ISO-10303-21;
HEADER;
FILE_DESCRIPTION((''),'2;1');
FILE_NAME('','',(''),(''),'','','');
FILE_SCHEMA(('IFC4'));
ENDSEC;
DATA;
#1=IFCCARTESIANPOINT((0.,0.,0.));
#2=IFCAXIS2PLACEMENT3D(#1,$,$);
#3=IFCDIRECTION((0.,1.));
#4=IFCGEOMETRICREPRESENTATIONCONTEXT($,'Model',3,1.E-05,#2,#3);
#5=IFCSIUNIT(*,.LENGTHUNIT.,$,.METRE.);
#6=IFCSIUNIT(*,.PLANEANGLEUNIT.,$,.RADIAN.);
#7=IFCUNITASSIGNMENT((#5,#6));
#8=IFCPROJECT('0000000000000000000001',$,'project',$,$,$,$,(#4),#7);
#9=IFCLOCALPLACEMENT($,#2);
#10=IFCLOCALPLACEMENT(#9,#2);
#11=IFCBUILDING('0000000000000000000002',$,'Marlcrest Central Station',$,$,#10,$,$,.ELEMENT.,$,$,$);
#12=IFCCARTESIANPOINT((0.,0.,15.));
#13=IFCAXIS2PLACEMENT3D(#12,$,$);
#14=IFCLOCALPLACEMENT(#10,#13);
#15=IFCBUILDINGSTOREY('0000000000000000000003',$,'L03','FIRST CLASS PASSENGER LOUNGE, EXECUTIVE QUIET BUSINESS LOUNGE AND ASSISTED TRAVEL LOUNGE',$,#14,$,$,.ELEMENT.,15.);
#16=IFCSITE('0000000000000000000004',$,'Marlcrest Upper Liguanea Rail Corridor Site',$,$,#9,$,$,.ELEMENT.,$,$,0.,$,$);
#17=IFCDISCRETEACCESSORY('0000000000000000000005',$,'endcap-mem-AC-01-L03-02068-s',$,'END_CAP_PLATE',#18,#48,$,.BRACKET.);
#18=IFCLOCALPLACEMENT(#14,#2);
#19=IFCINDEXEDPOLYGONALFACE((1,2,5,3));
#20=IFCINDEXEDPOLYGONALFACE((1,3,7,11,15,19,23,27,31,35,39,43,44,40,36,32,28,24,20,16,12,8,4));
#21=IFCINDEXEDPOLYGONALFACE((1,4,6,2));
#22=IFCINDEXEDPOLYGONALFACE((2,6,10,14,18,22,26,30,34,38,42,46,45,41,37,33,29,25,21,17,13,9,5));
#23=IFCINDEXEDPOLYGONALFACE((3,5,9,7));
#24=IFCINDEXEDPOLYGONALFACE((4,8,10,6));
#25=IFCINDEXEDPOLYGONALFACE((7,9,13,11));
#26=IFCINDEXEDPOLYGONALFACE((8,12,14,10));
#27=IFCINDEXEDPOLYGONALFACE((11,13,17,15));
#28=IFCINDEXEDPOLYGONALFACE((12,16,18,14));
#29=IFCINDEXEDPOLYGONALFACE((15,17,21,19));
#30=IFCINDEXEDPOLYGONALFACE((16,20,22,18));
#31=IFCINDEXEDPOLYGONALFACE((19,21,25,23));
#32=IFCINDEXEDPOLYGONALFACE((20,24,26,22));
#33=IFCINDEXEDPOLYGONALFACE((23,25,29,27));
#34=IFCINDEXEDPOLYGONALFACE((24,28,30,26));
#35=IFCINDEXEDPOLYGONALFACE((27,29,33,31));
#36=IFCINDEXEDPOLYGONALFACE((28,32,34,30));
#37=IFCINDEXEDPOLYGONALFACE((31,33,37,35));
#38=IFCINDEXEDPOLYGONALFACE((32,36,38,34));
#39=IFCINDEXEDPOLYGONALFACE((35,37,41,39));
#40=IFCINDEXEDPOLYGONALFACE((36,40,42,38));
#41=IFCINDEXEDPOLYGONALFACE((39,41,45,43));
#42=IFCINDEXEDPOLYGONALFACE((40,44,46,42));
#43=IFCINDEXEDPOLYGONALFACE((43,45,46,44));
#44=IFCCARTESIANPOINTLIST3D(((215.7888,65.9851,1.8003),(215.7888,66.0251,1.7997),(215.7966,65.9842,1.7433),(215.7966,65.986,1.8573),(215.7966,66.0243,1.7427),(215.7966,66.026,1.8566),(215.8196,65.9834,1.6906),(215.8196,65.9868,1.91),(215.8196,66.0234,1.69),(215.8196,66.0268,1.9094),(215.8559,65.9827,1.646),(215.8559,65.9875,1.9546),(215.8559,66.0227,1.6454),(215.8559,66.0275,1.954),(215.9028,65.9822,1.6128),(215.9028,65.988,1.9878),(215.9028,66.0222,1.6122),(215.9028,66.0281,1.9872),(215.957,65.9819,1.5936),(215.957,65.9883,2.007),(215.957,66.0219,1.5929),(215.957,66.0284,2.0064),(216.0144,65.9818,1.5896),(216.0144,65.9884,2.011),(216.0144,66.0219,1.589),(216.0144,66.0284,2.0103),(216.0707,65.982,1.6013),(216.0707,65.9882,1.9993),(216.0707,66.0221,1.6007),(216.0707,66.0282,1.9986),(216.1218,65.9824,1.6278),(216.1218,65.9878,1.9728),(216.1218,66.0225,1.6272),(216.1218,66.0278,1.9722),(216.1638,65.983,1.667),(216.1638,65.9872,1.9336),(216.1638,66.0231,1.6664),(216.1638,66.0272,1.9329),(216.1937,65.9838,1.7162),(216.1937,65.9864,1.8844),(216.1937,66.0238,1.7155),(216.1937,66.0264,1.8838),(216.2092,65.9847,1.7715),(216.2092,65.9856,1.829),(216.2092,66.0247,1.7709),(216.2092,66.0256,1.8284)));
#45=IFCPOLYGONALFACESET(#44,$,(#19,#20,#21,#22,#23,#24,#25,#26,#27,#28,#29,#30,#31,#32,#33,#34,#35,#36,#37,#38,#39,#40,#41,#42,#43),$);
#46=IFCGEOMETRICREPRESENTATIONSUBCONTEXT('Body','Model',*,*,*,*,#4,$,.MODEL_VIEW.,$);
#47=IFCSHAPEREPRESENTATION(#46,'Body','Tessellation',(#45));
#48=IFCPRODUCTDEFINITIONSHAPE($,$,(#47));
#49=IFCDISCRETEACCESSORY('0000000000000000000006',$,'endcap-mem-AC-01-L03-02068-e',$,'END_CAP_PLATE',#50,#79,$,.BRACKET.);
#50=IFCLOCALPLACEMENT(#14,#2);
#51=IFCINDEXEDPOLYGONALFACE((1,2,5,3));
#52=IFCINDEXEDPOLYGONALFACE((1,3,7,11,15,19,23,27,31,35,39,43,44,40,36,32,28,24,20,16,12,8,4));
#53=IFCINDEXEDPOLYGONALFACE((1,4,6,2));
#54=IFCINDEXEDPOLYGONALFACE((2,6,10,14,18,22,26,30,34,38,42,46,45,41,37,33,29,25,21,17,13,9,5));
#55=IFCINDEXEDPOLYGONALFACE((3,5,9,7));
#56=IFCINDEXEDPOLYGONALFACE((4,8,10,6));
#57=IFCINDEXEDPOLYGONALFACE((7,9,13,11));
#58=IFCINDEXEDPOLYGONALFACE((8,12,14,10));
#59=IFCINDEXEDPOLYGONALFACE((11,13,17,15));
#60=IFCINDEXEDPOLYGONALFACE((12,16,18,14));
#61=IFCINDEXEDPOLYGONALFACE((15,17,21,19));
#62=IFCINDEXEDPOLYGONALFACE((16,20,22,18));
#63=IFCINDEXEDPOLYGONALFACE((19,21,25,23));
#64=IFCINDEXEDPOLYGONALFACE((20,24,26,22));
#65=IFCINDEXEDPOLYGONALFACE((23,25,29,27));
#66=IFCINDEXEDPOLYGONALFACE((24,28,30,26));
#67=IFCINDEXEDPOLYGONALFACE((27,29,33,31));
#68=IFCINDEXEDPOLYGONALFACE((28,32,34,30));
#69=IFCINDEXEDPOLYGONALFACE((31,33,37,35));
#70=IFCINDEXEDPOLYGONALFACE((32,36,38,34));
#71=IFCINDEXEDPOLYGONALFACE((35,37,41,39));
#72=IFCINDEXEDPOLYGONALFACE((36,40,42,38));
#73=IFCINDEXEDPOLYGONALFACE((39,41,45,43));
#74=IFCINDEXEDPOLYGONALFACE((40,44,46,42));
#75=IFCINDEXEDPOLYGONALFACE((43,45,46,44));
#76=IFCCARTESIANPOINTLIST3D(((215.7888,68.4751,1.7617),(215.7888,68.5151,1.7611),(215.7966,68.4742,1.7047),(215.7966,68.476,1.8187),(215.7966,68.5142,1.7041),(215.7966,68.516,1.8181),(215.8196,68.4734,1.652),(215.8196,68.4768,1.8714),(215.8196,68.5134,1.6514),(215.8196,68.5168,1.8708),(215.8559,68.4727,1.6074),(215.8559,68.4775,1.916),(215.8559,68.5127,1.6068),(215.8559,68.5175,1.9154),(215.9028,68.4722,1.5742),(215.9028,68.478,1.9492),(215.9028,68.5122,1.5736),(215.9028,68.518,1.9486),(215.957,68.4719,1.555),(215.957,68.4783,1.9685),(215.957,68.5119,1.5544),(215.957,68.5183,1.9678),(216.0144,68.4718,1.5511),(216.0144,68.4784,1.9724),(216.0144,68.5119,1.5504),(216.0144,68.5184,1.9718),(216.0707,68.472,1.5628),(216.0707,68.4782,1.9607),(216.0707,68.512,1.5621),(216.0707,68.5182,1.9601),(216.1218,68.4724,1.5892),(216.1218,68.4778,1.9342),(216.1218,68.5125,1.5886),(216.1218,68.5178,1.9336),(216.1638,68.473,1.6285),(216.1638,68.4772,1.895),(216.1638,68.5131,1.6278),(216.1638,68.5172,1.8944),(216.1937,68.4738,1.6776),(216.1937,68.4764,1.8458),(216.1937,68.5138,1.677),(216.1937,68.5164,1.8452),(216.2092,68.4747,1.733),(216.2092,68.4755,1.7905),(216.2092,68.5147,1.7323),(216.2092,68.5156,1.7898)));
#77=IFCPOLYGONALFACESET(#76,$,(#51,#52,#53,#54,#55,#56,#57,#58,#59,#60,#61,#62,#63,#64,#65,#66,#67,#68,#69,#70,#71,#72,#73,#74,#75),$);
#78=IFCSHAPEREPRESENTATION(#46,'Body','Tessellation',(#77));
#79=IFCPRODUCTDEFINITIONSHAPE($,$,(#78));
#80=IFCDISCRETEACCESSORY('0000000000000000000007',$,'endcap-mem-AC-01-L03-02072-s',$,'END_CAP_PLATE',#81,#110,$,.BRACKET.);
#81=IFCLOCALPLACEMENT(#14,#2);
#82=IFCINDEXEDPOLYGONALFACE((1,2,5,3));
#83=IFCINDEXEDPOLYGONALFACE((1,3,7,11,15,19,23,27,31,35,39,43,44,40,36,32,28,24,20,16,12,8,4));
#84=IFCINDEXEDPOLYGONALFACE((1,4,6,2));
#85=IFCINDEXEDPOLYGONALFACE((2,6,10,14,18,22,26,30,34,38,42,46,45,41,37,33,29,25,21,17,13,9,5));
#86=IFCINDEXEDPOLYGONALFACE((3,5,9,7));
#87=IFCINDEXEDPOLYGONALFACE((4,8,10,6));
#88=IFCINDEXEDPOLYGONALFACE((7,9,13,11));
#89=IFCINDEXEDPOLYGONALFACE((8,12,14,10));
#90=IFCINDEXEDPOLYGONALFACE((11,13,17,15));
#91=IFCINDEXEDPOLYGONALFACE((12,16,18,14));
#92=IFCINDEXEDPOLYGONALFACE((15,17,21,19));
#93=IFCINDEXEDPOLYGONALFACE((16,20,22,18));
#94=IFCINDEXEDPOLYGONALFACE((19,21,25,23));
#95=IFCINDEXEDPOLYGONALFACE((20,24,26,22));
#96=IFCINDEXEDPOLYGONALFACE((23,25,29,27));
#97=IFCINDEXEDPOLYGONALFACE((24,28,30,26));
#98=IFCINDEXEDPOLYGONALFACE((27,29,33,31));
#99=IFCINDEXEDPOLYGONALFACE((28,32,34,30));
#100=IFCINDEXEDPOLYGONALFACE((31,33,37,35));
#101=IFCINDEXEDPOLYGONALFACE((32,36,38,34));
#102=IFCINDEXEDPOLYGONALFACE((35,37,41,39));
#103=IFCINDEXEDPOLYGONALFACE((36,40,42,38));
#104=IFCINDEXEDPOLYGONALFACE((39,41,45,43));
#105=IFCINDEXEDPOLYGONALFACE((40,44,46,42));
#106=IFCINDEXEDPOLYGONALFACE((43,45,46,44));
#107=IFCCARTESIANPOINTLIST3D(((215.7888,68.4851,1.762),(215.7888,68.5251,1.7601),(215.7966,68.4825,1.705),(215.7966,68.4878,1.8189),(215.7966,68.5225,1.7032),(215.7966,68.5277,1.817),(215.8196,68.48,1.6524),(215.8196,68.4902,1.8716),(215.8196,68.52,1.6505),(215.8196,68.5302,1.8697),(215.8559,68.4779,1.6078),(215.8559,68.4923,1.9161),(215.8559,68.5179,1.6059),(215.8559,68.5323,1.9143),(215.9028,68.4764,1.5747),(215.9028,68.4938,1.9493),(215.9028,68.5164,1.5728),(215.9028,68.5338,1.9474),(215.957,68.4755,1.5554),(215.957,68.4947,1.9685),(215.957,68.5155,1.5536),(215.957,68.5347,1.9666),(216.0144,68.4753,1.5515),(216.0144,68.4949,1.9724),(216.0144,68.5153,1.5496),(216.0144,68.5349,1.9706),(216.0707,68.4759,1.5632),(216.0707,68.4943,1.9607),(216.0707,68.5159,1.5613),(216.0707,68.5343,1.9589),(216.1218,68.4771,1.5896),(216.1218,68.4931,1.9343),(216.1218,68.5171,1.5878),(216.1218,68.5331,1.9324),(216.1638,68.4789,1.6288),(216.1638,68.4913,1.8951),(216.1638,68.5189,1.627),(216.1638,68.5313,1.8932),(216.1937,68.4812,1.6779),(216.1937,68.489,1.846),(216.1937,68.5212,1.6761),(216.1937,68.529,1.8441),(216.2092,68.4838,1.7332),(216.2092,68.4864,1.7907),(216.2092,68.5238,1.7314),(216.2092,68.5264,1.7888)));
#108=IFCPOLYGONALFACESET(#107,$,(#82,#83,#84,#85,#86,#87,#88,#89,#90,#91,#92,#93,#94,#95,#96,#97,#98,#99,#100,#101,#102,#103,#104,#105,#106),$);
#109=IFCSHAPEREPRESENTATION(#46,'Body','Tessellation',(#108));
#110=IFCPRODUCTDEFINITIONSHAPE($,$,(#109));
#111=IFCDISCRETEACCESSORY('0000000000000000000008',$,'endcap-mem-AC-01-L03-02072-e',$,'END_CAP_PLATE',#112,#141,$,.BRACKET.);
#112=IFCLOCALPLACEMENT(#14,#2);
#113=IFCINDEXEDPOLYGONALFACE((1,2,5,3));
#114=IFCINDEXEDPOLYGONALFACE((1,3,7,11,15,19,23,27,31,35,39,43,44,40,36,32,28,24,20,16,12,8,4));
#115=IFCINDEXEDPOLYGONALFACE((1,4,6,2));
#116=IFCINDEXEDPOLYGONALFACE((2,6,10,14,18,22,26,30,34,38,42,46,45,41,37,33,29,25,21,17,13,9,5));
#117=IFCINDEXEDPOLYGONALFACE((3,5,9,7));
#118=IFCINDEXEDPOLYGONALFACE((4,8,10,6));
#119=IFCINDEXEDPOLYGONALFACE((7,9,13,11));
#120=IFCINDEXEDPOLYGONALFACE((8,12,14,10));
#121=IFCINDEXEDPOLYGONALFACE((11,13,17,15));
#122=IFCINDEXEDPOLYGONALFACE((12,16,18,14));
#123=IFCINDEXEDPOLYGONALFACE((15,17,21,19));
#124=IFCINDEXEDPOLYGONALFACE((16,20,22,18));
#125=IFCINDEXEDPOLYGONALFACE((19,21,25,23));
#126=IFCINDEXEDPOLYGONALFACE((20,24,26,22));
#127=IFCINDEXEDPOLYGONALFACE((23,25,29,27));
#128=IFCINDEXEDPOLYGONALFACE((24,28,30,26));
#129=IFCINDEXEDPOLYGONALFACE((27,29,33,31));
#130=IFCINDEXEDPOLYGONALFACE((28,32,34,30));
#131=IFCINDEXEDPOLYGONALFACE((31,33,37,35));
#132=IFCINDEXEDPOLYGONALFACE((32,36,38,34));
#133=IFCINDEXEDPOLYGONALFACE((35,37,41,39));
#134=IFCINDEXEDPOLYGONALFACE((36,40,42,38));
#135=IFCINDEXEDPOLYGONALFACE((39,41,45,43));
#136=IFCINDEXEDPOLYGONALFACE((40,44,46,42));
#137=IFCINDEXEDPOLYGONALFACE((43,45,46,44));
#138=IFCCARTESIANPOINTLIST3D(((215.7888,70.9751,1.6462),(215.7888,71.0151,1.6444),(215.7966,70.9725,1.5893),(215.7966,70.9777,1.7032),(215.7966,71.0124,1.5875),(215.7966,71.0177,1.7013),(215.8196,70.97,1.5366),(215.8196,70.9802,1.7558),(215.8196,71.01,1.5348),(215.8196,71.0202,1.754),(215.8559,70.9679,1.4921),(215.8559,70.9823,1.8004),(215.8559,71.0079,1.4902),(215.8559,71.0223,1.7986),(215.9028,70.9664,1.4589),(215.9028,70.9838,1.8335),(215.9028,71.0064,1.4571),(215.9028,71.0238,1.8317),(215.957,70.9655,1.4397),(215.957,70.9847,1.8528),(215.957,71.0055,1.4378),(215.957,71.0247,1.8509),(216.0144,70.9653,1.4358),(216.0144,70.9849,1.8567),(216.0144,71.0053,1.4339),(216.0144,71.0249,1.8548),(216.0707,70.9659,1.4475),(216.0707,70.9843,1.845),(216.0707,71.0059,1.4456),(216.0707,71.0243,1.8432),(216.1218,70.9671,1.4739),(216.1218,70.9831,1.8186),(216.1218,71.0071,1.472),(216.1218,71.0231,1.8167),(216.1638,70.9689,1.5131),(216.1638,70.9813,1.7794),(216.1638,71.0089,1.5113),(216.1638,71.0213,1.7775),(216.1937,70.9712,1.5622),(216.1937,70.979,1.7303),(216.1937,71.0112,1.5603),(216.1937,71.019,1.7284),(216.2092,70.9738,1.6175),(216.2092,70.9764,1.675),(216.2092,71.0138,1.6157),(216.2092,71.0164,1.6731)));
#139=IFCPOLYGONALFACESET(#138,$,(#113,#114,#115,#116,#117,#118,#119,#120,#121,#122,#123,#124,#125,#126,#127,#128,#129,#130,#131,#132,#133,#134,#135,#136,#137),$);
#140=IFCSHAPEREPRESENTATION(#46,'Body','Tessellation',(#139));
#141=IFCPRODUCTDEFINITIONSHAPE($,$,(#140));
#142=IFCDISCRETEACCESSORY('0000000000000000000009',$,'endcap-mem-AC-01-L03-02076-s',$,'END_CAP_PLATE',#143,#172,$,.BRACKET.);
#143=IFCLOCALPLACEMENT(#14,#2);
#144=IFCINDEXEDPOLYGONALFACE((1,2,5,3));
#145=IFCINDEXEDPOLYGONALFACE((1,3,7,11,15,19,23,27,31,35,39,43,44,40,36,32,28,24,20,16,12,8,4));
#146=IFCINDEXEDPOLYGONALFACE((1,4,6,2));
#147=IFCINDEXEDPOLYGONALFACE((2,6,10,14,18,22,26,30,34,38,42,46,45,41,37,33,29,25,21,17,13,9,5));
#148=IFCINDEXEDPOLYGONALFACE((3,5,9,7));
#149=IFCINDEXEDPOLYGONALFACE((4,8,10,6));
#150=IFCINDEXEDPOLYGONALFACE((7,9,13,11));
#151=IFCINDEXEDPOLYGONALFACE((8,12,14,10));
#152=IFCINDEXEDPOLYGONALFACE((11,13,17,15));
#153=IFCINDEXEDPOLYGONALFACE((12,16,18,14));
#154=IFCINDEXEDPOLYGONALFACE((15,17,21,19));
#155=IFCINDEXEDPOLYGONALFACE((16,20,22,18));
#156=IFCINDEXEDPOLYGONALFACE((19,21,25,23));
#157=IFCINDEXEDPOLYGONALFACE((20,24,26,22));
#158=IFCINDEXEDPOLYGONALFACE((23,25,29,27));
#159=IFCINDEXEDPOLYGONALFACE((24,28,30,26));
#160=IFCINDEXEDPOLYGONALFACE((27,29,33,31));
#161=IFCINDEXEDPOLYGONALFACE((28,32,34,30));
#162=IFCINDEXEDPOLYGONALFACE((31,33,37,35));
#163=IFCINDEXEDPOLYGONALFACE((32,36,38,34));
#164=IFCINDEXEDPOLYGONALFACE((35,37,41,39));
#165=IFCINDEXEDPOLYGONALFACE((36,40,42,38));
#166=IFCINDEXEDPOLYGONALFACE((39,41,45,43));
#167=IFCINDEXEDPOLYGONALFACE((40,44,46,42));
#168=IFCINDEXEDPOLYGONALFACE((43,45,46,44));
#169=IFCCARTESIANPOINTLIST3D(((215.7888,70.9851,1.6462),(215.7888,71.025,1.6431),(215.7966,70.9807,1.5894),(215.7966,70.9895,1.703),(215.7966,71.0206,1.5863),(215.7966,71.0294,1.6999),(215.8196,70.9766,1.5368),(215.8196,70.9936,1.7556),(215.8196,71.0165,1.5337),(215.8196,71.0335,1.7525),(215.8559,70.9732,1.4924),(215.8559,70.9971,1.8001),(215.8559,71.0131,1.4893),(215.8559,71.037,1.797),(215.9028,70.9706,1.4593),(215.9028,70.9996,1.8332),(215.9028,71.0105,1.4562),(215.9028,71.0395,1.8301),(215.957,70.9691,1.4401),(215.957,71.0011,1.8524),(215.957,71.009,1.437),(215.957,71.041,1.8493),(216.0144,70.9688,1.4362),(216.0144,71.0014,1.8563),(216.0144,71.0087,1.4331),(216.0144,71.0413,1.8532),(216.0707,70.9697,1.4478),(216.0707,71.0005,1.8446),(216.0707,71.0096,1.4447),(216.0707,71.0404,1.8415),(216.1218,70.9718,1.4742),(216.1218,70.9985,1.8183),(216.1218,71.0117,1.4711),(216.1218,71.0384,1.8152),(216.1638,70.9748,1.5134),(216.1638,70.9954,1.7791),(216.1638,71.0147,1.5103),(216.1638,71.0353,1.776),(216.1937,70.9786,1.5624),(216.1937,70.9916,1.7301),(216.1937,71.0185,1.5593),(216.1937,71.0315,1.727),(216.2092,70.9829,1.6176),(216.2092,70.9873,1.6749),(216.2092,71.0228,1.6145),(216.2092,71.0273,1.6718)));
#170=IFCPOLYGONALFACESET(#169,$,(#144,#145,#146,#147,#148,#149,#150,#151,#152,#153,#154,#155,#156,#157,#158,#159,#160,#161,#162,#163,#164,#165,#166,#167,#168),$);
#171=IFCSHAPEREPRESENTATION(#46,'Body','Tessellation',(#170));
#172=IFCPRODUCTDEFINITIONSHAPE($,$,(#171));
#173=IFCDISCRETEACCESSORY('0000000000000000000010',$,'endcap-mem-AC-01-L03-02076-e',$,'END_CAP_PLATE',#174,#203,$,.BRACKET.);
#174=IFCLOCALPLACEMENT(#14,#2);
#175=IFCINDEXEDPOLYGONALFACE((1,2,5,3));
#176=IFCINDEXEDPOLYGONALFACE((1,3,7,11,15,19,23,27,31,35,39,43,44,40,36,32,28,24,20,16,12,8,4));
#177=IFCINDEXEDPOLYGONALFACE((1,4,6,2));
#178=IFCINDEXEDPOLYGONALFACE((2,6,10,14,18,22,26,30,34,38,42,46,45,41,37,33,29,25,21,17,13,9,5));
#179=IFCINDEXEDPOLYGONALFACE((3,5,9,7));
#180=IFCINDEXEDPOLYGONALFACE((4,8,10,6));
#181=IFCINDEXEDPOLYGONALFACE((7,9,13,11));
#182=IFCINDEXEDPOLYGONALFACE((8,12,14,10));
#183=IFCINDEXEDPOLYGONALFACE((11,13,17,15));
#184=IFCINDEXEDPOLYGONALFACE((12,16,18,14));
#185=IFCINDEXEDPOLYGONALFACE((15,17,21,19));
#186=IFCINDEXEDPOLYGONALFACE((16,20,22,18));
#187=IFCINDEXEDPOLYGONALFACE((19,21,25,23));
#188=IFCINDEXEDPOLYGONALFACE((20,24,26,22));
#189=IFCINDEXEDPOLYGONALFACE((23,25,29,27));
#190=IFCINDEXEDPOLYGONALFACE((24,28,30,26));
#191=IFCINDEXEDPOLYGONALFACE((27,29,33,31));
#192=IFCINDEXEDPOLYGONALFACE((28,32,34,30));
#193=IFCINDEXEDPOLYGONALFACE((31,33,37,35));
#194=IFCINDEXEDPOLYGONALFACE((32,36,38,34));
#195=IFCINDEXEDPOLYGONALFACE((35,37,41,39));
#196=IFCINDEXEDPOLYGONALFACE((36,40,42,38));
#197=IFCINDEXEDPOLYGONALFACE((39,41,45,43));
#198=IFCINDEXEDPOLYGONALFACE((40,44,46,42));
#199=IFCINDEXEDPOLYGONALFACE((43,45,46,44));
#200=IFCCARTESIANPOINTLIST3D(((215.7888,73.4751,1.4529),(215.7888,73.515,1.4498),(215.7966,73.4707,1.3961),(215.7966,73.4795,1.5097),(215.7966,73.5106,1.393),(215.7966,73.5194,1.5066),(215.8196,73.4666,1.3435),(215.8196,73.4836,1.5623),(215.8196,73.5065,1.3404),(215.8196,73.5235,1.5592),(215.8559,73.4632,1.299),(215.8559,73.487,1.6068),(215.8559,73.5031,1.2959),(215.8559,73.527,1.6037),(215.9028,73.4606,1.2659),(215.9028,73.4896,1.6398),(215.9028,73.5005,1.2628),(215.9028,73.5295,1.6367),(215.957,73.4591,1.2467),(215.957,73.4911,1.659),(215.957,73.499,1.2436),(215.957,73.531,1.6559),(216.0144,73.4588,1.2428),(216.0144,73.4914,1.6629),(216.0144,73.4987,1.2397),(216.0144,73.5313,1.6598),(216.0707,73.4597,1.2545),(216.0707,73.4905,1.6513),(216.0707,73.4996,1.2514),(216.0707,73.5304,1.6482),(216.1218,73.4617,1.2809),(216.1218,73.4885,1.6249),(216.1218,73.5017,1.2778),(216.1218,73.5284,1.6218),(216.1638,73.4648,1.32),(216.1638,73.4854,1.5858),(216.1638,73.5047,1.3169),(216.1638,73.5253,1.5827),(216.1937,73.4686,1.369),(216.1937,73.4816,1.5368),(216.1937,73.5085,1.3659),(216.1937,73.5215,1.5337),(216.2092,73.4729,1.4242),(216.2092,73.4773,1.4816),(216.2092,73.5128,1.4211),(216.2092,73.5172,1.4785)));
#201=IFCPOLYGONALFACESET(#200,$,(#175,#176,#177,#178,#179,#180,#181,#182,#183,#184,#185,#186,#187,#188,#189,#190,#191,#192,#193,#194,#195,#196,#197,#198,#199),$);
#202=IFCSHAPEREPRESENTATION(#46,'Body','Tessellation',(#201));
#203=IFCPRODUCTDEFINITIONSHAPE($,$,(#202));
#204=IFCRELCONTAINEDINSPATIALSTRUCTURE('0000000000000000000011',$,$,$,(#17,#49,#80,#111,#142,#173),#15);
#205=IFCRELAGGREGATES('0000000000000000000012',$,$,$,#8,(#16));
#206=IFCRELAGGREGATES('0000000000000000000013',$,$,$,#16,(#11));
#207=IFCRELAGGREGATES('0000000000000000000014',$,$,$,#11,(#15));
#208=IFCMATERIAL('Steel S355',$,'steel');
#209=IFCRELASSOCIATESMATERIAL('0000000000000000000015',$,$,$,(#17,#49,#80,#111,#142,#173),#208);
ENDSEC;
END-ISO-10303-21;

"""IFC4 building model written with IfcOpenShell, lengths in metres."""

from ifc_helpers import new_model, si_unit, direction, frame, origin, origin_2d, place, context, subcontext, project, spatial, circle, extrude, material, element, save


model = new_model("IFC4")

# Units and contexts
model_context = context("Model", 3, precision=1e-05, world=origin(), true_north=direction((0.0, 1.0)))
body_context = subcontext(model_context, "Body", "Model", "MODEL_VIEW")
ifc_project = project(units=[si_unit("LENGTHUNIT", "METRE"), si_unit("PLANEANGLEUNIT", "RADIAN")], contexts=[model_context])

# Site, building, storey
site_placement = place(None, origin())
site = spatial("IfcSite", under=ifc_project, at=site_placement, Name="Marlcrest Upper Liguanea Rail Corridor Site", CompositionType="ELEMENT", RefElevation=0.0)
building_placement = place(site_placement, origin())
building = spatial("IfcBuilding", under=site, at=building_placement, Name="Marlcrest Central Station", CompositionType="ELEMENT")
storey_placement = place(building_placement, frame((0.0, 0.0, 15.0)))
storey = spatial("IfcBuildingStorey", under=building, at=storey_placement, Name="L03", Description="FIRST CLASS PASSENGER LOUNGE, EXECUTIVE QUIET BUSINESS LOUNGE AND ASSISTED TRAVEL LOUNGE", CompositionType="ELEMENT", Elevation=15.0)

# Shared definitions
ifc_material_1 = material(Name="Steel S355", Category="steel")

# Discrete accessories
for number, where, z_axis, x_axis, name in (
    (1, (216.0, 65.9851, 1.8003), (0.0, 0.999879, -0.015525), (-1.0, 0.0, 0.0), "endcap-mem-AC-01-L03-02068-s"),
    (2, (216.0, 68.4751, 1.7617), (0.0, 0.999879, -0.015525), (-1.0, 0.0, 0.0), "endcap-mem-AC-01-L03-02068-e"),
    (3, (216.0, 68.4851, 1.762), (0.0, 0.998921, -0.046434), (-1.0, 0.0, 0.0), "endcap-mem-AC-01-L03-02072-s"),
    (4, (216.0, 70.9751, 1.6462), (0.0, 0.998921, -0.046434), (-1.0, 0.0, 0.0), "endcap-mem-AC-01-L03-02072-e"),
    (5, (216.0, 70.9851, 1.6462), (0.0, 0.997, -0.077404), (-1.0, 0.0, 0.0), "endcap-mem-AC-01-L03-02076-s"),
    (6, (216.0, 73.4751, 1.4529), (0.0, 0.997, -0.077404), (-1.0, 0.0, 0.0), "endcap-mem-AC-01-L03-02076-e"),
):
    element("IfcDiscreteAccessory", number, at=place(storey_placement, frame(where, z_axis=z_axis, x_axis=x_axis)), inside=storey, material=ifc_material_1, Name=name, ObjectType="END_CAP_PLATE", PredefinedType="BRACKET", context=body_context, shape_type="SweptSolid", body=[
        extrude(circle(Radius=0.2112, at=origin_2d()), origin(), (0.0, 0.0, 1.0), 0.04),
    ])

save(model, "model.ifc")
